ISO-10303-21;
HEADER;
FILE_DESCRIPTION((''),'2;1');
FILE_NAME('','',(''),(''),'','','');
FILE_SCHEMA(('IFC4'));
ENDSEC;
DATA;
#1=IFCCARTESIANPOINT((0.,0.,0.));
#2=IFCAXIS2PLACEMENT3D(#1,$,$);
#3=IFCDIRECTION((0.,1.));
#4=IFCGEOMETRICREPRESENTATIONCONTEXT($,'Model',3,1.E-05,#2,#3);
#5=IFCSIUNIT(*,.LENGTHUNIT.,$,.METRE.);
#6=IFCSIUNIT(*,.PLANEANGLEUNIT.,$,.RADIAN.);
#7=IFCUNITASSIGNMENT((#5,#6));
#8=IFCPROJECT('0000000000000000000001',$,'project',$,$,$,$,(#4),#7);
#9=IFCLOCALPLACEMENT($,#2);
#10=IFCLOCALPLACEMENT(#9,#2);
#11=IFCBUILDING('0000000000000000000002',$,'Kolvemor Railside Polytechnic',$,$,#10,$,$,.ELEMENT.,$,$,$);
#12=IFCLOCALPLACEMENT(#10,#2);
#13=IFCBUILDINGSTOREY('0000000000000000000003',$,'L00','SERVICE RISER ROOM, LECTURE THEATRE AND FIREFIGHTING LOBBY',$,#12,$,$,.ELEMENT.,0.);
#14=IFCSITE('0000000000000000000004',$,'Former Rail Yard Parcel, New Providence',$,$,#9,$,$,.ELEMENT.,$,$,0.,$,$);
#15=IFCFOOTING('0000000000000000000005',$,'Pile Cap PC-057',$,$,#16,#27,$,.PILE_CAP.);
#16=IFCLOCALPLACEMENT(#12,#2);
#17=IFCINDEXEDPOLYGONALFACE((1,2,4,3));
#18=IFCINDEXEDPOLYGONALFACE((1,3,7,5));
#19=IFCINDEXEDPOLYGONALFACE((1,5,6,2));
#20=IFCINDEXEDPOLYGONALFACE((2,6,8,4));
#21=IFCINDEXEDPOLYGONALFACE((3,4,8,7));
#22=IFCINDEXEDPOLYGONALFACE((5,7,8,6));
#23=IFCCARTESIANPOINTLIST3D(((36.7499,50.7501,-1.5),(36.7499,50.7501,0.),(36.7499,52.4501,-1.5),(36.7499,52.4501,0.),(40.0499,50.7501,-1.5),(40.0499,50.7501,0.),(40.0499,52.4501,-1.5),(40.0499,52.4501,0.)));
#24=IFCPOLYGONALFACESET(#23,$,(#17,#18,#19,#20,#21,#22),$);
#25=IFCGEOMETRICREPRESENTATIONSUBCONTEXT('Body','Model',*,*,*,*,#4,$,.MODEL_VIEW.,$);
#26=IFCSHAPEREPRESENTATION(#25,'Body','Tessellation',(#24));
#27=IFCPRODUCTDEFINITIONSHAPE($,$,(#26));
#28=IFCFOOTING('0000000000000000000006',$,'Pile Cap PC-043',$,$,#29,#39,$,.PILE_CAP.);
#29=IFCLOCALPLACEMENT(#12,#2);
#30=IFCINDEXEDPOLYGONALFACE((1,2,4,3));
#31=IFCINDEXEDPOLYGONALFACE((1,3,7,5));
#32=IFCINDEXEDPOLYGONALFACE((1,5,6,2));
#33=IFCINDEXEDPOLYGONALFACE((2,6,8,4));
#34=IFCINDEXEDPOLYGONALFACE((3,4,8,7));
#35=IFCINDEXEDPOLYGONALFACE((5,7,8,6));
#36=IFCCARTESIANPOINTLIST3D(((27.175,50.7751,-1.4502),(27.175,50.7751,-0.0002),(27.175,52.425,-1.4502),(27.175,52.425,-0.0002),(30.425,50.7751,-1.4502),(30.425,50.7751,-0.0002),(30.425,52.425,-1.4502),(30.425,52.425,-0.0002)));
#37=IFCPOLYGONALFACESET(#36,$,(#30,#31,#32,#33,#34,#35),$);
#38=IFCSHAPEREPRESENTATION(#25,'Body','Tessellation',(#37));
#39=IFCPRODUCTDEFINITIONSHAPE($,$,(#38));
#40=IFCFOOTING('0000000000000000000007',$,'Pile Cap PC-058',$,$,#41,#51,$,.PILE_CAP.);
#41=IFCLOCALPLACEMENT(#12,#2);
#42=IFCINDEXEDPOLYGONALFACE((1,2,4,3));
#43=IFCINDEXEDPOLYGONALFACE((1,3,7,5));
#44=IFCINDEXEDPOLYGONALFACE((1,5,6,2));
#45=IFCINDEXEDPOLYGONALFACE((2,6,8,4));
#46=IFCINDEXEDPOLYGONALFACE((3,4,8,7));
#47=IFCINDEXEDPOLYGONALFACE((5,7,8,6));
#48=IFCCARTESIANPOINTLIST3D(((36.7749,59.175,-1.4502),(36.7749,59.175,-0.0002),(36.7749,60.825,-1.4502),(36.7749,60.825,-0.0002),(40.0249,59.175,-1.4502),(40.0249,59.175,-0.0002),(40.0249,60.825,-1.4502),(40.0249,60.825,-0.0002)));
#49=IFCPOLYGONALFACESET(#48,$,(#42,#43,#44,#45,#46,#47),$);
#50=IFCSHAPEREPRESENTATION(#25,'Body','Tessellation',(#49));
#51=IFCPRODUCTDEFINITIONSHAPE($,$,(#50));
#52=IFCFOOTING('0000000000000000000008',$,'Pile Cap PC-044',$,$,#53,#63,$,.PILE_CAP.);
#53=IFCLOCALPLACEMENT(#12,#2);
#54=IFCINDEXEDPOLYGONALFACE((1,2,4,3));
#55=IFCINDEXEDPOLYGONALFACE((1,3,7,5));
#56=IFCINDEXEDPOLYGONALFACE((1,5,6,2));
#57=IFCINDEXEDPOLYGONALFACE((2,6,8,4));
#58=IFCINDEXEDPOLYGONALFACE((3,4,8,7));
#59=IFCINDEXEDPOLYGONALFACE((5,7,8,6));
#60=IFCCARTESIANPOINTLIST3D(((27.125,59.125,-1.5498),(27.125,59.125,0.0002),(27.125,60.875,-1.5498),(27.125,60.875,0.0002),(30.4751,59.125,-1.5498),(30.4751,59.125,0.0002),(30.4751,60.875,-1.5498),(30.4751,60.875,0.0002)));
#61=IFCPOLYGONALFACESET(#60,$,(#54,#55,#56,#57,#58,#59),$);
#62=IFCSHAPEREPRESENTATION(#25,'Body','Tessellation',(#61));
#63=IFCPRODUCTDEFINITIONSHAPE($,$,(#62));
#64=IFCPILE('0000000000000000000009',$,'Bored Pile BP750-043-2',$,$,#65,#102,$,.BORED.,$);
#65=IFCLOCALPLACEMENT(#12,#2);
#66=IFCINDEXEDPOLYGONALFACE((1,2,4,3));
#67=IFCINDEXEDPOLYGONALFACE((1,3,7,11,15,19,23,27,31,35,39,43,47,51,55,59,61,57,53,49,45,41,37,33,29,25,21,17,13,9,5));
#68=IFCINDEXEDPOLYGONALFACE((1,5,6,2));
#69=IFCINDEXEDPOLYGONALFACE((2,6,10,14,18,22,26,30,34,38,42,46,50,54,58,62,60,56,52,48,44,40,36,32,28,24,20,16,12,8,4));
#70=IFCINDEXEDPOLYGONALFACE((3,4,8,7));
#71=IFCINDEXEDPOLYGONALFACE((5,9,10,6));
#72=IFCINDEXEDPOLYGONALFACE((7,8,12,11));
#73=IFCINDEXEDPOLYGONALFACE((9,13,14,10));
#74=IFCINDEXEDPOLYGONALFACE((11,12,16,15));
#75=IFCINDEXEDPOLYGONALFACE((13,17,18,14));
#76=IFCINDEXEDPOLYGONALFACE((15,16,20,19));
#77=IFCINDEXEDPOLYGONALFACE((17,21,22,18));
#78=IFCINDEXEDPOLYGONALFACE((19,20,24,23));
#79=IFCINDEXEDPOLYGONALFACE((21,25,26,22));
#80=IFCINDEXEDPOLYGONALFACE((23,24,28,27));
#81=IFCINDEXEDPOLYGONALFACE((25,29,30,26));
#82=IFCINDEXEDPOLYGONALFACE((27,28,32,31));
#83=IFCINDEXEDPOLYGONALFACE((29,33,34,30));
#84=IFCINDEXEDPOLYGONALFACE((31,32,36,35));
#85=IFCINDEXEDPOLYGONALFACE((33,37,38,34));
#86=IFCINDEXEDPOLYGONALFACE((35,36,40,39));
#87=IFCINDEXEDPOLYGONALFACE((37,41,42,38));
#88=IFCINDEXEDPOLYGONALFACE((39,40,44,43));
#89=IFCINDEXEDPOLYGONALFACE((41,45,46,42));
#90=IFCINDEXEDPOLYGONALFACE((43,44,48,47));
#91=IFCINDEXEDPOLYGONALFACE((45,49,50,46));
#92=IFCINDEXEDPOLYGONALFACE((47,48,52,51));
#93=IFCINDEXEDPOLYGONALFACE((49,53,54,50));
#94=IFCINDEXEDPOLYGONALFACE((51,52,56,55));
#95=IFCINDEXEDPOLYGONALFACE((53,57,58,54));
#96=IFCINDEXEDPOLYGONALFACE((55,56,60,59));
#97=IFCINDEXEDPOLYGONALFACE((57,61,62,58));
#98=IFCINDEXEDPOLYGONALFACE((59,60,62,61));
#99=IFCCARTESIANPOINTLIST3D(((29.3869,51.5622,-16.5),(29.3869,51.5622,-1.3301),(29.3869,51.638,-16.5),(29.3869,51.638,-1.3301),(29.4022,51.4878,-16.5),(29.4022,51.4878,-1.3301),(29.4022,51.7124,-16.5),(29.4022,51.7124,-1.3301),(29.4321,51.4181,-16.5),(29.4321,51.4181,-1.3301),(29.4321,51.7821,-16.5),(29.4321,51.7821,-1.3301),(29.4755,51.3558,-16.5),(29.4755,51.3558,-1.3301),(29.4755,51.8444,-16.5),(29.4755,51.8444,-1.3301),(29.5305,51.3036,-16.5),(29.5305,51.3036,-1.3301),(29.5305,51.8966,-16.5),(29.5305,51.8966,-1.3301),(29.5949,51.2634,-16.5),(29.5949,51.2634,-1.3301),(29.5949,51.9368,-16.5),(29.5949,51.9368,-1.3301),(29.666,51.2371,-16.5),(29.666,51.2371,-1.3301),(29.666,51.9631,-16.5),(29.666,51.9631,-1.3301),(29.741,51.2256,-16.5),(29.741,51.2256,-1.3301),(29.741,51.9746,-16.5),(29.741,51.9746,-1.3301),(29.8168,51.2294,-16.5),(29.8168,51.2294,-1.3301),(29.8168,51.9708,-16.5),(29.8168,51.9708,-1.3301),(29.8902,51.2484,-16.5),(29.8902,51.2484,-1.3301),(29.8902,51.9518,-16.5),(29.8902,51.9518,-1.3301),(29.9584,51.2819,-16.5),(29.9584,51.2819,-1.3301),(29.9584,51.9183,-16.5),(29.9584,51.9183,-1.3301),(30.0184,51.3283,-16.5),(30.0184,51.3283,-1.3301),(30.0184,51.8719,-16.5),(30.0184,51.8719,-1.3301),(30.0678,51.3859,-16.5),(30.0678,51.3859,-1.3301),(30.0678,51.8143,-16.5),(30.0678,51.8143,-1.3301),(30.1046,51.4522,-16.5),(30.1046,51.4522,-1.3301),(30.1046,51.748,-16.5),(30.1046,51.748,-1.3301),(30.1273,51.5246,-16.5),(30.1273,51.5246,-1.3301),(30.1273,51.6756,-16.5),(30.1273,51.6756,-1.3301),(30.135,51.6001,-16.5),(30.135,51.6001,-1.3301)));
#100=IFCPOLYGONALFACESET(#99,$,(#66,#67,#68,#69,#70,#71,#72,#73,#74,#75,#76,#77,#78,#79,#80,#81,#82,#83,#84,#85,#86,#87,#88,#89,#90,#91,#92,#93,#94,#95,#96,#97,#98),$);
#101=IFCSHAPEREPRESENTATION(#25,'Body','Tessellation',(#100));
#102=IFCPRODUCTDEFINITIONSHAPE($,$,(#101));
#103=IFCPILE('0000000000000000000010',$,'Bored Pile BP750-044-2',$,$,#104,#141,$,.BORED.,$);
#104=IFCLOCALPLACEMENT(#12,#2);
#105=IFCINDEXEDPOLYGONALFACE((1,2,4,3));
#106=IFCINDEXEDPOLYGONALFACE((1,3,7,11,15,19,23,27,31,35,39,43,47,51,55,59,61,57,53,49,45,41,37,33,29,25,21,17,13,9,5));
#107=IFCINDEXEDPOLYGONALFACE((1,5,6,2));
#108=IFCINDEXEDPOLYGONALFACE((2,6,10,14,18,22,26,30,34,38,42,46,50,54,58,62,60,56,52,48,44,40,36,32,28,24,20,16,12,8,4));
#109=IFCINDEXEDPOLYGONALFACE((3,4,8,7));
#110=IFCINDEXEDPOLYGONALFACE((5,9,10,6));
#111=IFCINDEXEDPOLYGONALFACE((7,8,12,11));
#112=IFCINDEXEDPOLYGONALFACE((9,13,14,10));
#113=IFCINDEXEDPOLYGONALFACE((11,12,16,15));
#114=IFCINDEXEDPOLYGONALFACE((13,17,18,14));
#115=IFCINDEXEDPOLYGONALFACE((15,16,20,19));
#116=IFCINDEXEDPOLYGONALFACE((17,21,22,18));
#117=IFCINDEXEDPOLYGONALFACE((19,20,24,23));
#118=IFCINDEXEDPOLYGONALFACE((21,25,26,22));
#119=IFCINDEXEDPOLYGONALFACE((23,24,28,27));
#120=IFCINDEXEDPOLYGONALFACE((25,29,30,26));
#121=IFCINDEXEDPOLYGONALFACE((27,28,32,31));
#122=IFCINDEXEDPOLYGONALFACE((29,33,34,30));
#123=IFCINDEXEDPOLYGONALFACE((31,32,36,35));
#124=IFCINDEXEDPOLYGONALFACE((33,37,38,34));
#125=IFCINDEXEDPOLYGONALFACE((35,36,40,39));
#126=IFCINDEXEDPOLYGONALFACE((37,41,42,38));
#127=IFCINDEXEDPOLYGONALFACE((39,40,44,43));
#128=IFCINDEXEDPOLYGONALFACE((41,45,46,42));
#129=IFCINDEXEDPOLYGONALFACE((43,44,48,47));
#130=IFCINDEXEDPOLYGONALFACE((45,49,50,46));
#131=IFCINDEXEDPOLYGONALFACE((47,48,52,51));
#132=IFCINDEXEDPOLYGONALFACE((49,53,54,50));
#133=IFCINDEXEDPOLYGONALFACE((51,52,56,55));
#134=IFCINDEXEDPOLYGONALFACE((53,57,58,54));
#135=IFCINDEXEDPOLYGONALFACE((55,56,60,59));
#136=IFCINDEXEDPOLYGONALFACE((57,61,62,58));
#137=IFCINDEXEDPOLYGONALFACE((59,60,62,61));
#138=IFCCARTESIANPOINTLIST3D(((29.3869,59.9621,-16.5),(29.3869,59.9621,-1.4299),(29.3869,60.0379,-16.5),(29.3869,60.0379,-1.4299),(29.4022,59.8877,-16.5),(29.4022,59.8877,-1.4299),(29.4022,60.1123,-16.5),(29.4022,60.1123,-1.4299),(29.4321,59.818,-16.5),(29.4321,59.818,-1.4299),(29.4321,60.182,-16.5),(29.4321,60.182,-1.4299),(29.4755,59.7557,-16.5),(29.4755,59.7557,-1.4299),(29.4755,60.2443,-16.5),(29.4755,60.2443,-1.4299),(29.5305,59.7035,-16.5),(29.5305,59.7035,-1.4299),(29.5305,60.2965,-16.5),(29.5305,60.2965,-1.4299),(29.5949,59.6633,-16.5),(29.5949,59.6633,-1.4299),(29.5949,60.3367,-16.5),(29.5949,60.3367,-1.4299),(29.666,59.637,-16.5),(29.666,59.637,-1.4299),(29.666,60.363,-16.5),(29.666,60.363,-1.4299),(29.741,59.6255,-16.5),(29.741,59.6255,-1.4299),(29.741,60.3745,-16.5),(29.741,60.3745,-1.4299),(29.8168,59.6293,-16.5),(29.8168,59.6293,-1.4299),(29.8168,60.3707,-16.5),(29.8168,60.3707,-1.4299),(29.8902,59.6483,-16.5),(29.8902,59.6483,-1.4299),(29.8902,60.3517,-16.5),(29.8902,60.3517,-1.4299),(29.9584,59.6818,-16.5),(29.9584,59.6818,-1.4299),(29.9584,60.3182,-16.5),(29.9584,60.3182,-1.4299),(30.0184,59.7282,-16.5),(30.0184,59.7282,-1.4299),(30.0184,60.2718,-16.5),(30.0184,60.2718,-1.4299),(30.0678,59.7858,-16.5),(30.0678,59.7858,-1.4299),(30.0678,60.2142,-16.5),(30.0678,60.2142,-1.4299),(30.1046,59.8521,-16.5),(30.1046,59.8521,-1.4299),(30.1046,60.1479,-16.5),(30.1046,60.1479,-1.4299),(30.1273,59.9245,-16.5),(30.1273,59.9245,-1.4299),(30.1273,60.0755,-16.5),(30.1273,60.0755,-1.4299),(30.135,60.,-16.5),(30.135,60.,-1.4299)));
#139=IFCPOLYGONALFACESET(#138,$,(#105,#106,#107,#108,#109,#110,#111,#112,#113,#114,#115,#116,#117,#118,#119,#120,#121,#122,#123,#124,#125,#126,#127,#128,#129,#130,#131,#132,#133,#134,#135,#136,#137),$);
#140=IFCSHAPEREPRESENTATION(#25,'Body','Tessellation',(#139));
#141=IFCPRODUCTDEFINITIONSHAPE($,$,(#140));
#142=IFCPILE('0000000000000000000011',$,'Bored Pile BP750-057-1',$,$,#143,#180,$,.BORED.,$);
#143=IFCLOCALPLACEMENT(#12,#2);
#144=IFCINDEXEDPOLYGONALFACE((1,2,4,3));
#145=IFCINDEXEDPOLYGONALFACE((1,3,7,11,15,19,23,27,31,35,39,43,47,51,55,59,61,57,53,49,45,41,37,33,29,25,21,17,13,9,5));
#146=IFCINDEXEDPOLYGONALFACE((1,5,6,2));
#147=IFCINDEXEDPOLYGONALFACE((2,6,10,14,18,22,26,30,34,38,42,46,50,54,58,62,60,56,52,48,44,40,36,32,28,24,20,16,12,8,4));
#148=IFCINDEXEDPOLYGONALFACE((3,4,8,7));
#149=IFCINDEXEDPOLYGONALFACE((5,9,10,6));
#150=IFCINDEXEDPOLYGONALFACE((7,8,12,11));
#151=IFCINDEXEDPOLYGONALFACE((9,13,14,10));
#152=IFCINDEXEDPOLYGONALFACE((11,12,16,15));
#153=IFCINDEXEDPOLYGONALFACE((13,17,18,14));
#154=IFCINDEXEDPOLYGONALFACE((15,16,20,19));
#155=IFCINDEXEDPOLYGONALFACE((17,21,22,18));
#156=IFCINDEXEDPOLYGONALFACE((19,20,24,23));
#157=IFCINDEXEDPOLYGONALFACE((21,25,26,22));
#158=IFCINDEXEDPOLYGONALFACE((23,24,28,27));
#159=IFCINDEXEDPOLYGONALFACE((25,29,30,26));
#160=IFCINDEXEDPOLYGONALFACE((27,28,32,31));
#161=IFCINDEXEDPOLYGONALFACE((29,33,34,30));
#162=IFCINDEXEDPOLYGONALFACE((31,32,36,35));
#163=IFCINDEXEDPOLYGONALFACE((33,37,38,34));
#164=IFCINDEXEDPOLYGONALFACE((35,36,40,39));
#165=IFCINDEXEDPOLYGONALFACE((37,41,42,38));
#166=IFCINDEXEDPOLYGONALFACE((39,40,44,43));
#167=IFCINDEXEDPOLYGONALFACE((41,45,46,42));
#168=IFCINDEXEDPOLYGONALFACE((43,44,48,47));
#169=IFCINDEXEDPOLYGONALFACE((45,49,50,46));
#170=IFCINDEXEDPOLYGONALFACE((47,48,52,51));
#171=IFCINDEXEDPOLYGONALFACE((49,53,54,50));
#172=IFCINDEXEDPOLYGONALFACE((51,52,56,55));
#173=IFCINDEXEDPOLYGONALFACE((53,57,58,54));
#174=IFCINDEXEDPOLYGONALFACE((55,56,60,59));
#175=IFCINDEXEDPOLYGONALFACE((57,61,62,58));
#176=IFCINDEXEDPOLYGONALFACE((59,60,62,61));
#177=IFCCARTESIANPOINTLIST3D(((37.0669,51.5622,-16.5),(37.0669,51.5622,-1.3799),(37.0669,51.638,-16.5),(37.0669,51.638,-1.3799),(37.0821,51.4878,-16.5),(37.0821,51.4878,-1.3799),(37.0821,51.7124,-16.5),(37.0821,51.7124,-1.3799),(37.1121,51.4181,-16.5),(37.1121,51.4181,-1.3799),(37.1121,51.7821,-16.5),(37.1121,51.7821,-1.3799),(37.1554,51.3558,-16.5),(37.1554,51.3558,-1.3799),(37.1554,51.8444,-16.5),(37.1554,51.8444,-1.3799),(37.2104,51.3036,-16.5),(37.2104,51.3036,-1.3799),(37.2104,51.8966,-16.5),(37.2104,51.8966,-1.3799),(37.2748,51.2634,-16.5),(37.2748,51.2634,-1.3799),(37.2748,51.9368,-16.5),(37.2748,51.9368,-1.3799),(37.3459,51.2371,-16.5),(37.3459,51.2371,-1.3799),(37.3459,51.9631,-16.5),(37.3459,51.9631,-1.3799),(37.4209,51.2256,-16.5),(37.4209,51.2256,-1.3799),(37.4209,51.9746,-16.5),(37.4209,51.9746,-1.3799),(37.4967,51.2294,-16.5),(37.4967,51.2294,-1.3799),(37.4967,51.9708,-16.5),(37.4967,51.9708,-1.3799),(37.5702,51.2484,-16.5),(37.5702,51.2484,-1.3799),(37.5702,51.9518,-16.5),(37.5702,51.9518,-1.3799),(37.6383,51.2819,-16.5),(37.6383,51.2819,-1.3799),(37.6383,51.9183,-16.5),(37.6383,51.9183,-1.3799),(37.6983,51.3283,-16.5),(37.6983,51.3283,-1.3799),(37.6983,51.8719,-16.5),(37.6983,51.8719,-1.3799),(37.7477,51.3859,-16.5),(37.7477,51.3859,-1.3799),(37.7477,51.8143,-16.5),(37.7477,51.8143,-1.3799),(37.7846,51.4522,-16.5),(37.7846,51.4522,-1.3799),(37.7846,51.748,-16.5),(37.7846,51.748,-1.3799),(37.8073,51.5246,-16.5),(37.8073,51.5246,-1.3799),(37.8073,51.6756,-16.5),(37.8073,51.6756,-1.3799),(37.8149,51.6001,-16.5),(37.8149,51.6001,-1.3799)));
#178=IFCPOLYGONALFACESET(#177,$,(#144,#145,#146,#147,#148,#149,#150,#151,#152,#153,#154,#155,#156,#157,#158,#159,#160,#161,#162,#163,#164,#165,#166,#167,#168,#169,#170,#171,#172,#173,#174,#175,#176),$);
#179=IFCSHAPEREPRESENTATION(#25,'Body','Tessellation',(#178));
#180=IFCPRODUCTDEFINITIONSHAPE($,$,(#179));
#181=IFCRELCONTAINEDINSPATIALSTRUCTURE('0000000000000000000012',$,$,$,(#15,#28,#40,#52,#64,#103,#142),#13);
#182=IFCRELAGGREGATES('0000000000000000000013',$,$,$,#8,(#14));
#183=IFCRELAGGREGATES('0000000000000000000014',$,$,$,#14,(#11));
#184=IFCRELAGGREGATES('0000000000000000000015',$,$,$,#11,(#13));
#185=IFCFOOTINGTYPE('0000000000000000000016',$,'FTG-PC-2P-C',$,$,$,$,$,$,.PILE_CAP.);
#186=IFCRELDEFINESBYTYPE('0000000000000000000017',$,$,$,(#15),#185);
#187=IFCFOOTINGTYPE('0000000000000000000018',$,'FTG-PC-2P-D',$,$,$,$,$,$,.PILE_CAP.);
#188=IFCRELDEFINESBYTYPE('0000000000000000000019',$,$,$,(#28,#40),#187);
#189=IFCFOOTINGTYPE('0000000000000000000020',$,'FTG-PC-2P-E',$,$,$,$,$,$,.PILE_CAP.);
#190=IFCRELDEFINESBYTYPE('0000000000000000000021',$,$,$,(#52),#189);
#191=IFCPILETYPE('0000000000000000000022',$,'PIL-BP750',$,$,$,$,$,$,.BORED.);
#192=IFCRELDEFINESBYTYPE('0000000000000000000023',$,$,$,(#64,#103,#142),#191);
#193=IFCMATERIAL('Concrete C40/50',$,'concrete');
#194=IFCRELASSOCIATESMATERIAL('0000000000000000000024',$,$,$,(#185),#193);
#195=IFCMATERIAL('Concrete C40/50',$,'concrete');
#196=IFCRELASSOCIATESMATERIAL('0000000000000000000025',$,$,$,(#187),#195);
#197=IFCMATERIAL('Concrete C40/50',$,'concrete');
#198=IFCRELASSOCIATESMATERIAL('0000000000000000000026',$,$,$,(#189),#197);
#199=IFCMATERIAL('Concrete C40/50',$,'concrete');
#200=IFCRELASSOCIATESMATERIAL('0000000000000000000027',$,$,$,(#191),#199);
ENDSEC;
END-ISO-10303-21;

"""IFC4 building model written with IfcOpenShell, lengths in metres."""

from ifc_helpers import new_model, si_unit, direction, frame, origin, origin_2d, place, context, subcontext, project, spatial, rectangle, circle, extrude, material, material_profile, profile_set, type_object, element, save


model = new_model("IFC4")

# Units and contexts
model_context = context("Model", 3, precision=1e-05, world=origin(), true_north=direction((0.0, 1.0)))
body_context = subcontext(model_context, "Body", "Model", "MODEL_VIEW")
ifc_project = project(units=[si_unit("LENGTHUNIT", "METRE"), si_unit("PLANEANGLEUNIT", "RADIAN")], contexts=[model_context])

# Site, building, storey
site_placement = place(None, origin())
site = spatial("IfcSite", under=ifc_project, at=site_placement, Name="Former Rail Yard Parcel, New Providence", CompositionType="ELEMENT", RefElevation=0.0)
building_placement = place(site_placement, origin())
building = spatial("IfcBuilding", under=site, at=building_placement, Name="Kolvemor Railside Polytechnic", CompositionType="ELEMENT")
storey_placement = place(building_placement, origin())
storey = spatial("IfcBuildingStorey", under=building, at=storey_placement, Name="L00", Description="SERVICE RISER ROOM, LECTURE THEATRE AND FIREFIGHTING LOBBY", CompositionType="ELEMENT", Elevation=0.0)

# Footings
ifc_material_1 = material(Name="Concrete C40/50", Category="concrete")
footing_type_1 = type_object("IfcFootingType", Name="FTG-PC-2P-C", PredefinedType="PILE_CAP", material=ifc_material_1)
footing_1_placement = place(storey_placement, frame((38.3999, 51.6001, -1.5), z_axis=(0.0, 0.0, 1.0), x_axis=(1.0, 0.0, 0.0)))
element("IfcFooting", 1, at=footing_1_placement, inside=storey, type_object=footing_type_1, Name="Pile Cap PC-057", PredefinedType="PILE_CAP", context=body_context, shape_type="SweptSolid", body=[
    extrude(rectangle(XDim=3.3, YDim=1.7, at=origin_2d()), origin(), (0.0, 0.0, 1.0), 1.5),
])
ifc_material_2 = material(Name="Concrete C40/50", Category="concrete")
footing_type_2 = type_object("IfcFootingType", Name="FTG-PC-2P-D", PredefinedType="PILE_CAP", material=ifc_material_2)
for number, where, z_axis, x_axis, name in (
    (2, (28.8, 51.6001, -1.4502), (0.0, 0.0, 1.0), (1.0, 0.0, 0.0), "Pile Cap PC-043"),
    (3, (38.3999, 60.0, -1.4502), (0.0, 0.0, 1.0), (1.0, 0.0, 0.0), "Pile Cap PC-058"),
):
    element("IfcFooting", number, at=place(storey_placement, frame(where, z_axis=z_axis, x_axis=x_axis)), inside=storey, type_object=footing_type_2, Name=name, PredefinedType="PILE_CAP", context=body_context, shape_type="SweptSolid", body=[
        extrude(rectangle(XDim=3.25, YDim=1.6499, at=origin_2d()), origin(), (0.0, 0.0, 1.0), 1.45),
    ])
ifc_material_3 = material(Name="Concrete C40/50", Category="concrete")
footing_type_3 = type_object("IfcFootingType", Name="FTG-PC-2P-E", PredefinedType="PILE_CAP", material=ifc_material_3)
footing_2_placement = place(storey_placement, frame((28.8, 60.0, -1.5498), z_axis=(0.0, 0.0, 1.0), x_axis=(1.0, 0.0, 0.0)))
element("IfcFooting", 4, at=footing_2_placement, inside=storey, type_object=footing_type_3, Name="Pile Cap PC-044", PredefinedType="PILE_CAP", context=body_context, shape_type="SweptSolid", body=[
    extrude(rectangle(XDim=3.3501, YDim=1.75, at=origin_2d()), origin(), (0.0, 0.0, 1.0), 1.55),
])

# Piles
ifc_material_4 = material(Name="Concrete C40/50", Category="concrete")
ifc_material_profile_1 = material_profile(ifc_material_4, circle(Radius=0.375, at=origin_2d()), Name="BP750")
ifc_profile_set_1 = profile_set([ifc_material_profile_1], Name="Concrete C40/50")
pile_type = type_object("IfcPileType", Name="PIL-BP750", PredefinedType="BORED", material=ifc_profile_set_1)
pile_1_placement = place(storey_placement, frame((29.76, 51.6001, -1.3301), z_axis=(0.0, 0.0, -1.0), x_axis=(1.0, 0.0, 0.0)))
element("IfcPile", 5, at=pile_1_placement, inside=storey, type_object=pile_type, Name="Bored Pile BP750-043-2", PredefinedType="BORED", context=body_context, shape_type="SweptSolid", body=[
    extrude(circle(Radius=0.375, at=origin_2d()), origin(), (0.0, 0.0, 1.0), 15.1699),
])
pile_2_placement = place(storey_placement, frame((29.76, 60.0, -1.4299), z_axis=(0.0, 0.0, -1.0), x_axis=(1.0, 0.0, 0.0)))
element("IfcPile", 6, at=pile_2_placement, inside=storey, type_object=pile_type, Name="Bored Pile BP750-044-2", PredefinedType="BORED", context=body_context, shape_type="SweptSolid", body=[
    extrude(circle(Radius=0.375, at=origin_2d()), origin(), (0.0, 0.0, 1.0), 15.0701),
])
pile_3_placement = place(storey_placement, frame((37.4399, 51.6001, -1.3799), z_axis=(0.0, 0.0, -1.0), x_axis=(1.0, 0.0, 0.0)))
element("IfcPile", 7, at=pile_3_placement, inside=storey, type_object=pile_type, Name="Bored Pile BP750-057-1", PredefinedType="BORED", context=body_context, shape_type="SweptSolid", body=[
    extrude(circle(Radius=0.375, at=origin_2d()), origin(), (0.0, 0.0, 1.0), 15.1201),
])

save(model, "model.ifc")
